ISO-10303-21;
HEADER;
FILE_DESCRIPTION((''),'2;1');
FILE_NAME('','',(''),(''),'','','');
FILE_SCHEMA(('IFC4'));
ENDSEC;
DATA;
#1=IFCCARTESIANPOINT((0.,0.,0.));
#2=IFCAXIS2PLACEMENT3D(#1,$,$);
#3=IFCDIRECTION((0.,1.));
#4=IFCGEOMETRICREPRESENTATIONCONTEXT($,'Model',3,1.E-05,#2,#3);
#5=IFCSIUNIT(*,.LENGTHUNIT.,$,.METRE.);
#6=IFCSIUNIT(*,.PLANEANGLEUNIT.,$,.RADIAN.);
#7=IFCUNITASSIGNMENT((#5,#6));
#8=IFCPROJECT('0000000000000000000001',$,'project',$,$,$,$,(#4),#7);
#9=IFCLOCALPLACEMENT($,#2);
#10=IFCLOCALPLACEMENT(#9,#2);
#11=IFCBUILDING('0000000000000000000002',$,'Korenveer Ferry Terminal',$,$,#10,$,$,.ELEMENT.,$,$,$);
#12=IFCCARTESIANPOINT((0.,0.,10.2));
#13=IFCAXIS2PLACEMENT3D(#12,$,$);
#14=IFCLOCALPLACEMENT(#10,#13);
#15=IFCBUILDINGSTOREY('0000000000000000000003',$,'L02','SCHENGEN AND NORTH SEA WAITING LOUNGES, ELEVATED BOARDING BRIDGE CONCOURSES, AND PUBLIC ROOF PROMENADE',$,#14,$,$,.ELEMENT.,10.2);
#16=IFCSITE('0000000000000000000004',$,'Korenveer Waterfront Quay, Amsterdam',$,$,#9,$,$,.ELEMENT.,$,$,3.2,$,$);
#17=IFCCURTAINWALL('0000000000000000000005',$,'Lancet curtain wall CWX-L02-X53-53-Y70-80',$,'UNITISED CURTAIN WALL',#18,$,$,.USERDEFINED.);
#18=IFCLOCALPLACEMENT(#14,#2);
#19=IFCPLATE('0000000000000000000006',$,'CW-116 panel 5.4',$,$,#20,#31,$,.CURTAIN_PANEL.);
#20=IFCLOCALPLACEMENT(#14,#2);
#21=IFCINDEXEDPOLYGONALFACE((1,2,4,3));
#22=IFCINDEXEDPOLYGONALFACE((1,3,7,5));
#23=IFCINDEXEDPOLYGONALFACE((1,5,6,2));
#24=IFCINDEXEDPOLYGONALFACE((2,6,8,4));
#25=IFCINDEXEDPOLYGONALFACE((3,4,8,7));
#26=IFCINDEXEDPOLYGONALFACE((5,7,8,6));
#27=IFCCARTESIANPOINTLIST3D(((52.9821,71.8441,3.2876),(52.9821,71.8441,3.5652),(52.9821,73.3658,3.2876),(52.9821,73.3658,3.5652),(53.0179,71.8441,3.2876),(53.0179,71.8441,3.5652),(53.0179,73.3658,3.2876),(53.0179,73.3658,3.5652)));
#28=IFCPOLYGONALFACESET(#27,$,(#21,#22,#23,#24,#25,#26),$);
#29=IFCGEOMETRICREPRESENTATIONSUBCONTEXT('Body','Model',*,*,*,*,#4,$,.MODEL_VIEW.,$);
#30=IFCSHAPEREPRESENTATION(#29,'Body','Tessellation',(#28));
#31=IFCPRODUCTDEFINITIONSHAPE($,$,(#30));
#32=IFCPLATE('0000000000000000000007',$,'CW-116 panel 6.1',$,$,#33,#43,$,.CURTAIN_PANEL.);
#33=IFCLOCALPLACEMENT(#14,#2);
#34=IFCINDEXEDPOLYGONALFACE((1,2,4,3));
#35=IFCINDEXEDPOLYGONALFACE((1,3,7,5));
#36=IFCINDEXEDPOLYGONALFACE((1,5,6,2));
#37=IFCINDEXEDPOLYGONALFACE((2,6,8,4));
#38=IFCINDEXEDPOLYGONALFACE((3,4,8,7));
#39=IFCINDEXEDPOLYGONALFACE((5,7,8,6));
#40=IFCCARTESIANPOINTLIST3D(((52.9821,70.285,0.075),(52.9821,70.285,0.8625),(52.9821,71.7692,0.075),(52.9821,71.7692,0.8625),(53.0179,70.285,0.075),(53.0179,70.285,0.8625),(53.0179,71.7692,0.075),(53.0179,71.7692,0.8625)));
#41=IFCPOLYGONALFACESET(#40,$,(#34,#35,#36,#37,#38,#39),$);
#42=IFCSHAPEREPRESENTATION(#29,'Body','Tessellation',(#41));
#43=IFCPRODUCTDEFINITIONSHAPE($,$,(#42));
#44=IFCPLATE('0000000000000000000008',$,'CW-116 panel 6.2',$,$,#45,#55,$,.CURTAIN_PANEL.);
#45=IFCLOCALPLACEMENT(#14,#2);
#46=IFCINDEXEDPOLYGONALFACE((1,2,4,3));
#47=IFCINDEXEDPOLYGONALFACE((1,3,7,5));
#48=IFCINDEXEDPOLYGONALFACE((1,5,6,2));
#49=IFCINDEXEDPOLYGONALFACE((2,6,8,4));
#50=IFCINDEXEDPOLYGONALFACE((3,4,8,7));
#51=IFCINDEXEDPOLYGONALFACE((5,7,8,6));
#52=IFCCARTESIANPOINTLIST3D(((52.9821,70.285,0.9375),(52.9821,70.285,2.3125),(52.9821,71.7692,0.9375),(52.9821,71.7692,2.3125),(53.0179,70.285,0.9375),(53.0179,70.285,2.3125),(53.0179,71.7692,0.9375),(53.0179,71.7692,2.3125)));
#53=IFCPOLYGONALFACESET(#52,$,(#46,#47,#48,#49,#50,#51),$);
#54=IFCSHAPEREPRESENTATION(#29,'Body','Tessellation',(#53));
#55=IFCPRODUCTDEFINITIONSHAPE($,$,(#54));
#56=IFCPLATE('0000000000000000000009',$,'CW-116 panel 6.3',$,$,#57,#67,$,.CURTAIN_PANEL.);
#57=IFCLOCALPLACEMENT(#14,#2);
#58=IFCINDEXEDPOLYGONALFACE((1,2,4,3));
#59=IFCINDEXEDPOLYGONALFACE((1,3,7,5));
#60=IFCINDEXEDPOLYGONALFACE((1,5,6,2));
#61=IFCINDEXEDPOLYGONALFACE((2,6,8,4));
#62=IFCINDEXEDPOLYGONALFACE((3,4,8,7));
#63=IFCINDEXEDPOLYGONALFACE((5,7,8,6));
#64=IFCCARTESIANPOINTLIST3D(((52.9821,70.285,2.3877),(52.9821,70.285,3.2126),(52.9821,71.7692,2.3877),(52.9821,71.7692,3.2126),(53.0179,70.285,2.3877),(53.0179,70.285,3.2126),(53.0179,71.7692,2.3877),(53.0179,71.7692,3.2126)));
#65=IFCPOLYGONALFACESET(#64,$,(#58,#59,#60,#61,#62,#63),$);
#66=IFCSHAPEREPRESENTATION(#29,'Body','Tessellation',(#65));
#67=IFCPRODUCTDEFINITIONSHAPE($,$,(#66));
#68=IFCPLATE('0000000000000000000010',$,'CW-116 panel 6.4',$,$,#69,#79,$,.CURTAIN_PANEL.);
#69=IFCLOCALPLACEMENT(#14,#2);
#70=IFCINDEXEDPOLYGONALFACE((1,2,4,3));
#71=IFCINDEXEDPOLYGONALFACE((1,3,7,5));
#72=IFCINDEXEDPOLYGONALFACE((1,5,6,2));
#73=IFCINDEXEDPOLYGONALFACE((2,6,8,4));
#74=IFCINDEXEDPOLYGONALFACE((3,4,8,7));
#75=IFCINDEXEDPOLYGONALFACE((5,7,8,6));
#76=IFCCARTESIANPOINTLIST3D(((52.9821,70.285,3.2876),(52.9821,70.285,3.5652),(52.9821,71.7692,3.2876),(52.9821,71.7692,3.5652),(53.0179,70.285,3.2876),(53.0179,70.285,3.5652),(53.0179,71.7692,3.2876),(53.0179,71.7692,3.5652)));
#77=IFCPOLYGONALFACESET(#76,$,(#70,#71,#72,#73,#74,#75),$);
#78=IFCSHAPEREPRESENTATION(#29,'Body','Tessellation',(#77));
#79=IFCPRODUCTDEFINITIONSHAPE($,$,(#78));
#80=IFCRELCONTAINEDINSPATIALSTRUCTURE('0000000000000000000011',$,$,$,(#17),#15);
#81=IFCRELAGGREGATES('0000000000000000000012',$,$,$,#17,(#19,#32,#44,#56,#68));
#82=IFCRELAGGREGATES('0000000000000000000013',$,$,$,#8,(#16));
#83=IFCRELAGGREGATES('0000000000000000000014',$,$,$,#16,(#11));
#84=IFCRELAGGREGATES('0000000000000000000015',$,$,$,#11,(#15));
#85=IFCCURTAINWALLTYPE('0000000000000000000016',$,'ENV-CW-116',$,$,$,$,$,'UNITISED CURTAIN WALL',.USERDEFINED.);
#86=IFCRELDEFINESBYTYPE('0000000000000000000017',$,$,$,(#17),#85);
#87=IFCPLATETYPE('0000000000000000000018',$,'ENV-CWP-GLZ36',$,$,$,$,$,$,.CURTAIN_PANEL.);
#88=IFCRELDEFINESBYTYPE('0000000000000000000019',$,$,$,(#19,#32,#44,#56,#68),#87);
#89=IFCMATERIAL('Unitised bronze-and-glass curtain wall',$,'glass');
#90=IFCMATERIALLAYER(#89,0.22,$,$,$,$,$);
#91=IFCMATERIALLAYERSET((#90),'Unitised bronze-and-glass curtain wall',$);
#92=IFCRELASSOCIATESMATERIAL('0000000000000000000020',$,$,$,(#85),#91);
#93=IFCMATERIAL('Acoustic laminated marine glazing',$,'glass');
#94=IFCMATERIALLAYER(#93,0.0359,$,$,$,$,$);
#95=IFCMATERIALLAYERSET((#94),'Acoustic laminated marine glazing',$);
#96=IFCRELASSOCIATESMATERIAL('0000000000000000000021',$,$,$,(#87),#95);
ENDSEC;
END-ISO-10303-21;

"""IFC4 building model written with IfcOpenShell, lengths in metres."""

from ifc_helpers import new_model, si_unit, direction, frame, origin, origin_2d, place, context, subcontext, project, spatial, rectangle, extrude, material, layer, layer_set, type_object, element, aggregate, save


model = new_model("IFC4")

# Units and contexts
model_context = context("Model", 3, precision=1e-05, world=origin(), true_north=direction((0.0, 1.0)))
body_context = subcontext(model_context, "Body", "Model", "MODEL_VIEW")
ifc_project = project(units=[si_unit("LENGTHUNIT", "METRE"), si_unit("PLANEANGLEUNIT", "RADIAN")], contexts=[model_context])

# Site, building, storey
site_placement = place(None, origin())
site = spatial("IfcSite", under=ifc_project, at=site_placement, Name="Korenveer Waterfront Quay, Amsterdam", CompositionType="ELEMENT", RefElevation=3.2)
building_placement = place(site_placement, origin())
building = spatial("IfcBuilding", under=site, at=building_placement, Name="Korenveer Ferry Terminal", CompositionType="ELEMENT")
storey_placement = place(building_placement, frame((0.0, 0.0, 10.2)))
storey = spatial("IfcBuildingStorey", under=building, at=storey_placement, Name="L02", Description="SCHENGEN AND NORTH SEA WAITING LOUNGES, ELEVATED BOARDING BRIDGE CONCOURSES, AND PUBLIC ROOF PROMENADE", CompositionType="ELEMENT", Elevation=10.2)

# Curtain wall, plates
ifc_material_1 = material(Name="Unitised bronze-and-glass curtain wall", Category="glass")
ifc_layer_1 = layer(ifc_material_1, 0.22)
ifc_layer_set_1 = layer_set([ifc_layer_1], Name="Unitised bronze-and-glass curtain wall")
curtain_wall_type = type_object("IfcCurtainWallType", Name="ENV-CW-116", ElementType="UNITISED CURTAIN WALL", PredefinedType="USERDEFINED", material=ifc_layer_set_1)
curtain_wall_placement = place(storey_placement, frame((53.0, 79.79, 0.0)))
curtain_wall = element("IfcCurtainWall", 1, at=curtain_wall_placement, inside=storey, type_object=curtain_wall_type, Name="Lancet curtain wall CWX-L02-X53-53-Y70-80", ObjectType="UNITISED CURTAIN WALL", PredefinedType="USERDEFINED")
ifc_material_2 = material(Name="Acoustic laminated marine glazing", Category="glass")
ifc_layer_2 = layer(ifc_material_2, 0.0359)
ifc_layer_set_2 = layer_set([ifc_layer_2], Name="Acoustic laminated marine glazing")
plate_type = type_object("IfcPlateType", Name="ENV-CWP-GLZ36", PredefinedType="CURTAIN_PANEL", material=ifc_layer_set_2)
plate_1_placement = place(storey_placement, frame((53.0, 72.605, 3.2876), z_axis=(0.0, 0.0, 1.0), x_axis=(0.0, -1.0, 0.0)))
plate_1 = element("IfcPlate", 2, at=plate_1_placement, type_object=plate_type, Name="CW-116 panel 5.4", PredefinedType="CURTAIN_PANEL", context=body_context, shape_type="SweptSolid", body=[
    extrude(rectangle(XDim=1.5217, YDim=0.0359, at=origin_2d()), origin(), (0.0, 0.0, 1.0), 0.2776),
])
plate_2_placement = place(storey_placement, frame((53.0, 71.0271, 0.075), z_axis=(0.0, 0.0, 1.0), x_axis=(0.0, -1.0, 0.0)))
plate_2 = element("IfcPlate", 3, at=plate_2_placement, type_object=plate_type, Name="CW-116 panel 6.1", PredefinedType="CURTAIN_PANEL", context=body_context, shape_type="SweptSolid", body=[
    extrude(rectangle(XDim=1.4841, YDim=0.0359, at=origin_2d()), origin(), (0.0, 0.0, 1.0), 0.7876),
])
plate_3_placement = place(storey_placement, frame((53.0, 71.0271, 0.9375), z_axis=(0.0, 0.0, 1.0), x_axis=(0.0, -1.0, 0.0)))
plate_3 = element("IfcPlate", 4, at=plate_3_placement, type_object=plate_type, Name="CW-116 panel 6.2", PredefinedType="CURTAIN_PANEL", context=body_context, shape_type="SweptSolid", body=[
    extrude(rectangle(XDim=1.4841, YDim=0.0359, at=origin_2d()), origin(), (0.0, 0.0, 1.0), 1.375),
])
plate_4_placement = place(storey_placement, frame((53.0, 71.0271, 2.3877), z_axis=(0.0, 0.0, 1.0), x_axis=(0.0, -1.0, 0.0)))
plate_4 = element("IfcPlate", 5, at=plate_4_placement, type_object=plate_type, Name="CW-116 panel 6.3", PredefinedType="CURTAIN_PANEL", context=body_context, shape_type="SweptSolid", body=[
    extrude(rectangle(XDim=1.4841, YDim=0.0359, at=origin_2d()), origin(), (0.0, 0.0, 1.0), 0.825),
])
plate_5_placement = place(storey_placement, frame((53.0, 71.0271, 3.2876), z_axis=(0.0, 0.0, 1.0), x_axis=(0.0, -1.0, 0.0)))
plate_5 = element("IfcPlate", 6, at=plate_5_placement, type_object=plate_type, Name="CW-116 panel 6.4", PredefinedType="CURTAIN_PANEL", context=body_context, shape_type="SweptSolid", body=[
    extrude(rectangle(XDim=1.4841, YDim=0.0359, at=origin_2d()), origin(), (0.0, 0.0, 1.0), 0.2776),
])
aggregate(curtain_wall, [plate_1, plate_2, plate_3, plate_4, plate_5])

save(model, "model.ifc")
